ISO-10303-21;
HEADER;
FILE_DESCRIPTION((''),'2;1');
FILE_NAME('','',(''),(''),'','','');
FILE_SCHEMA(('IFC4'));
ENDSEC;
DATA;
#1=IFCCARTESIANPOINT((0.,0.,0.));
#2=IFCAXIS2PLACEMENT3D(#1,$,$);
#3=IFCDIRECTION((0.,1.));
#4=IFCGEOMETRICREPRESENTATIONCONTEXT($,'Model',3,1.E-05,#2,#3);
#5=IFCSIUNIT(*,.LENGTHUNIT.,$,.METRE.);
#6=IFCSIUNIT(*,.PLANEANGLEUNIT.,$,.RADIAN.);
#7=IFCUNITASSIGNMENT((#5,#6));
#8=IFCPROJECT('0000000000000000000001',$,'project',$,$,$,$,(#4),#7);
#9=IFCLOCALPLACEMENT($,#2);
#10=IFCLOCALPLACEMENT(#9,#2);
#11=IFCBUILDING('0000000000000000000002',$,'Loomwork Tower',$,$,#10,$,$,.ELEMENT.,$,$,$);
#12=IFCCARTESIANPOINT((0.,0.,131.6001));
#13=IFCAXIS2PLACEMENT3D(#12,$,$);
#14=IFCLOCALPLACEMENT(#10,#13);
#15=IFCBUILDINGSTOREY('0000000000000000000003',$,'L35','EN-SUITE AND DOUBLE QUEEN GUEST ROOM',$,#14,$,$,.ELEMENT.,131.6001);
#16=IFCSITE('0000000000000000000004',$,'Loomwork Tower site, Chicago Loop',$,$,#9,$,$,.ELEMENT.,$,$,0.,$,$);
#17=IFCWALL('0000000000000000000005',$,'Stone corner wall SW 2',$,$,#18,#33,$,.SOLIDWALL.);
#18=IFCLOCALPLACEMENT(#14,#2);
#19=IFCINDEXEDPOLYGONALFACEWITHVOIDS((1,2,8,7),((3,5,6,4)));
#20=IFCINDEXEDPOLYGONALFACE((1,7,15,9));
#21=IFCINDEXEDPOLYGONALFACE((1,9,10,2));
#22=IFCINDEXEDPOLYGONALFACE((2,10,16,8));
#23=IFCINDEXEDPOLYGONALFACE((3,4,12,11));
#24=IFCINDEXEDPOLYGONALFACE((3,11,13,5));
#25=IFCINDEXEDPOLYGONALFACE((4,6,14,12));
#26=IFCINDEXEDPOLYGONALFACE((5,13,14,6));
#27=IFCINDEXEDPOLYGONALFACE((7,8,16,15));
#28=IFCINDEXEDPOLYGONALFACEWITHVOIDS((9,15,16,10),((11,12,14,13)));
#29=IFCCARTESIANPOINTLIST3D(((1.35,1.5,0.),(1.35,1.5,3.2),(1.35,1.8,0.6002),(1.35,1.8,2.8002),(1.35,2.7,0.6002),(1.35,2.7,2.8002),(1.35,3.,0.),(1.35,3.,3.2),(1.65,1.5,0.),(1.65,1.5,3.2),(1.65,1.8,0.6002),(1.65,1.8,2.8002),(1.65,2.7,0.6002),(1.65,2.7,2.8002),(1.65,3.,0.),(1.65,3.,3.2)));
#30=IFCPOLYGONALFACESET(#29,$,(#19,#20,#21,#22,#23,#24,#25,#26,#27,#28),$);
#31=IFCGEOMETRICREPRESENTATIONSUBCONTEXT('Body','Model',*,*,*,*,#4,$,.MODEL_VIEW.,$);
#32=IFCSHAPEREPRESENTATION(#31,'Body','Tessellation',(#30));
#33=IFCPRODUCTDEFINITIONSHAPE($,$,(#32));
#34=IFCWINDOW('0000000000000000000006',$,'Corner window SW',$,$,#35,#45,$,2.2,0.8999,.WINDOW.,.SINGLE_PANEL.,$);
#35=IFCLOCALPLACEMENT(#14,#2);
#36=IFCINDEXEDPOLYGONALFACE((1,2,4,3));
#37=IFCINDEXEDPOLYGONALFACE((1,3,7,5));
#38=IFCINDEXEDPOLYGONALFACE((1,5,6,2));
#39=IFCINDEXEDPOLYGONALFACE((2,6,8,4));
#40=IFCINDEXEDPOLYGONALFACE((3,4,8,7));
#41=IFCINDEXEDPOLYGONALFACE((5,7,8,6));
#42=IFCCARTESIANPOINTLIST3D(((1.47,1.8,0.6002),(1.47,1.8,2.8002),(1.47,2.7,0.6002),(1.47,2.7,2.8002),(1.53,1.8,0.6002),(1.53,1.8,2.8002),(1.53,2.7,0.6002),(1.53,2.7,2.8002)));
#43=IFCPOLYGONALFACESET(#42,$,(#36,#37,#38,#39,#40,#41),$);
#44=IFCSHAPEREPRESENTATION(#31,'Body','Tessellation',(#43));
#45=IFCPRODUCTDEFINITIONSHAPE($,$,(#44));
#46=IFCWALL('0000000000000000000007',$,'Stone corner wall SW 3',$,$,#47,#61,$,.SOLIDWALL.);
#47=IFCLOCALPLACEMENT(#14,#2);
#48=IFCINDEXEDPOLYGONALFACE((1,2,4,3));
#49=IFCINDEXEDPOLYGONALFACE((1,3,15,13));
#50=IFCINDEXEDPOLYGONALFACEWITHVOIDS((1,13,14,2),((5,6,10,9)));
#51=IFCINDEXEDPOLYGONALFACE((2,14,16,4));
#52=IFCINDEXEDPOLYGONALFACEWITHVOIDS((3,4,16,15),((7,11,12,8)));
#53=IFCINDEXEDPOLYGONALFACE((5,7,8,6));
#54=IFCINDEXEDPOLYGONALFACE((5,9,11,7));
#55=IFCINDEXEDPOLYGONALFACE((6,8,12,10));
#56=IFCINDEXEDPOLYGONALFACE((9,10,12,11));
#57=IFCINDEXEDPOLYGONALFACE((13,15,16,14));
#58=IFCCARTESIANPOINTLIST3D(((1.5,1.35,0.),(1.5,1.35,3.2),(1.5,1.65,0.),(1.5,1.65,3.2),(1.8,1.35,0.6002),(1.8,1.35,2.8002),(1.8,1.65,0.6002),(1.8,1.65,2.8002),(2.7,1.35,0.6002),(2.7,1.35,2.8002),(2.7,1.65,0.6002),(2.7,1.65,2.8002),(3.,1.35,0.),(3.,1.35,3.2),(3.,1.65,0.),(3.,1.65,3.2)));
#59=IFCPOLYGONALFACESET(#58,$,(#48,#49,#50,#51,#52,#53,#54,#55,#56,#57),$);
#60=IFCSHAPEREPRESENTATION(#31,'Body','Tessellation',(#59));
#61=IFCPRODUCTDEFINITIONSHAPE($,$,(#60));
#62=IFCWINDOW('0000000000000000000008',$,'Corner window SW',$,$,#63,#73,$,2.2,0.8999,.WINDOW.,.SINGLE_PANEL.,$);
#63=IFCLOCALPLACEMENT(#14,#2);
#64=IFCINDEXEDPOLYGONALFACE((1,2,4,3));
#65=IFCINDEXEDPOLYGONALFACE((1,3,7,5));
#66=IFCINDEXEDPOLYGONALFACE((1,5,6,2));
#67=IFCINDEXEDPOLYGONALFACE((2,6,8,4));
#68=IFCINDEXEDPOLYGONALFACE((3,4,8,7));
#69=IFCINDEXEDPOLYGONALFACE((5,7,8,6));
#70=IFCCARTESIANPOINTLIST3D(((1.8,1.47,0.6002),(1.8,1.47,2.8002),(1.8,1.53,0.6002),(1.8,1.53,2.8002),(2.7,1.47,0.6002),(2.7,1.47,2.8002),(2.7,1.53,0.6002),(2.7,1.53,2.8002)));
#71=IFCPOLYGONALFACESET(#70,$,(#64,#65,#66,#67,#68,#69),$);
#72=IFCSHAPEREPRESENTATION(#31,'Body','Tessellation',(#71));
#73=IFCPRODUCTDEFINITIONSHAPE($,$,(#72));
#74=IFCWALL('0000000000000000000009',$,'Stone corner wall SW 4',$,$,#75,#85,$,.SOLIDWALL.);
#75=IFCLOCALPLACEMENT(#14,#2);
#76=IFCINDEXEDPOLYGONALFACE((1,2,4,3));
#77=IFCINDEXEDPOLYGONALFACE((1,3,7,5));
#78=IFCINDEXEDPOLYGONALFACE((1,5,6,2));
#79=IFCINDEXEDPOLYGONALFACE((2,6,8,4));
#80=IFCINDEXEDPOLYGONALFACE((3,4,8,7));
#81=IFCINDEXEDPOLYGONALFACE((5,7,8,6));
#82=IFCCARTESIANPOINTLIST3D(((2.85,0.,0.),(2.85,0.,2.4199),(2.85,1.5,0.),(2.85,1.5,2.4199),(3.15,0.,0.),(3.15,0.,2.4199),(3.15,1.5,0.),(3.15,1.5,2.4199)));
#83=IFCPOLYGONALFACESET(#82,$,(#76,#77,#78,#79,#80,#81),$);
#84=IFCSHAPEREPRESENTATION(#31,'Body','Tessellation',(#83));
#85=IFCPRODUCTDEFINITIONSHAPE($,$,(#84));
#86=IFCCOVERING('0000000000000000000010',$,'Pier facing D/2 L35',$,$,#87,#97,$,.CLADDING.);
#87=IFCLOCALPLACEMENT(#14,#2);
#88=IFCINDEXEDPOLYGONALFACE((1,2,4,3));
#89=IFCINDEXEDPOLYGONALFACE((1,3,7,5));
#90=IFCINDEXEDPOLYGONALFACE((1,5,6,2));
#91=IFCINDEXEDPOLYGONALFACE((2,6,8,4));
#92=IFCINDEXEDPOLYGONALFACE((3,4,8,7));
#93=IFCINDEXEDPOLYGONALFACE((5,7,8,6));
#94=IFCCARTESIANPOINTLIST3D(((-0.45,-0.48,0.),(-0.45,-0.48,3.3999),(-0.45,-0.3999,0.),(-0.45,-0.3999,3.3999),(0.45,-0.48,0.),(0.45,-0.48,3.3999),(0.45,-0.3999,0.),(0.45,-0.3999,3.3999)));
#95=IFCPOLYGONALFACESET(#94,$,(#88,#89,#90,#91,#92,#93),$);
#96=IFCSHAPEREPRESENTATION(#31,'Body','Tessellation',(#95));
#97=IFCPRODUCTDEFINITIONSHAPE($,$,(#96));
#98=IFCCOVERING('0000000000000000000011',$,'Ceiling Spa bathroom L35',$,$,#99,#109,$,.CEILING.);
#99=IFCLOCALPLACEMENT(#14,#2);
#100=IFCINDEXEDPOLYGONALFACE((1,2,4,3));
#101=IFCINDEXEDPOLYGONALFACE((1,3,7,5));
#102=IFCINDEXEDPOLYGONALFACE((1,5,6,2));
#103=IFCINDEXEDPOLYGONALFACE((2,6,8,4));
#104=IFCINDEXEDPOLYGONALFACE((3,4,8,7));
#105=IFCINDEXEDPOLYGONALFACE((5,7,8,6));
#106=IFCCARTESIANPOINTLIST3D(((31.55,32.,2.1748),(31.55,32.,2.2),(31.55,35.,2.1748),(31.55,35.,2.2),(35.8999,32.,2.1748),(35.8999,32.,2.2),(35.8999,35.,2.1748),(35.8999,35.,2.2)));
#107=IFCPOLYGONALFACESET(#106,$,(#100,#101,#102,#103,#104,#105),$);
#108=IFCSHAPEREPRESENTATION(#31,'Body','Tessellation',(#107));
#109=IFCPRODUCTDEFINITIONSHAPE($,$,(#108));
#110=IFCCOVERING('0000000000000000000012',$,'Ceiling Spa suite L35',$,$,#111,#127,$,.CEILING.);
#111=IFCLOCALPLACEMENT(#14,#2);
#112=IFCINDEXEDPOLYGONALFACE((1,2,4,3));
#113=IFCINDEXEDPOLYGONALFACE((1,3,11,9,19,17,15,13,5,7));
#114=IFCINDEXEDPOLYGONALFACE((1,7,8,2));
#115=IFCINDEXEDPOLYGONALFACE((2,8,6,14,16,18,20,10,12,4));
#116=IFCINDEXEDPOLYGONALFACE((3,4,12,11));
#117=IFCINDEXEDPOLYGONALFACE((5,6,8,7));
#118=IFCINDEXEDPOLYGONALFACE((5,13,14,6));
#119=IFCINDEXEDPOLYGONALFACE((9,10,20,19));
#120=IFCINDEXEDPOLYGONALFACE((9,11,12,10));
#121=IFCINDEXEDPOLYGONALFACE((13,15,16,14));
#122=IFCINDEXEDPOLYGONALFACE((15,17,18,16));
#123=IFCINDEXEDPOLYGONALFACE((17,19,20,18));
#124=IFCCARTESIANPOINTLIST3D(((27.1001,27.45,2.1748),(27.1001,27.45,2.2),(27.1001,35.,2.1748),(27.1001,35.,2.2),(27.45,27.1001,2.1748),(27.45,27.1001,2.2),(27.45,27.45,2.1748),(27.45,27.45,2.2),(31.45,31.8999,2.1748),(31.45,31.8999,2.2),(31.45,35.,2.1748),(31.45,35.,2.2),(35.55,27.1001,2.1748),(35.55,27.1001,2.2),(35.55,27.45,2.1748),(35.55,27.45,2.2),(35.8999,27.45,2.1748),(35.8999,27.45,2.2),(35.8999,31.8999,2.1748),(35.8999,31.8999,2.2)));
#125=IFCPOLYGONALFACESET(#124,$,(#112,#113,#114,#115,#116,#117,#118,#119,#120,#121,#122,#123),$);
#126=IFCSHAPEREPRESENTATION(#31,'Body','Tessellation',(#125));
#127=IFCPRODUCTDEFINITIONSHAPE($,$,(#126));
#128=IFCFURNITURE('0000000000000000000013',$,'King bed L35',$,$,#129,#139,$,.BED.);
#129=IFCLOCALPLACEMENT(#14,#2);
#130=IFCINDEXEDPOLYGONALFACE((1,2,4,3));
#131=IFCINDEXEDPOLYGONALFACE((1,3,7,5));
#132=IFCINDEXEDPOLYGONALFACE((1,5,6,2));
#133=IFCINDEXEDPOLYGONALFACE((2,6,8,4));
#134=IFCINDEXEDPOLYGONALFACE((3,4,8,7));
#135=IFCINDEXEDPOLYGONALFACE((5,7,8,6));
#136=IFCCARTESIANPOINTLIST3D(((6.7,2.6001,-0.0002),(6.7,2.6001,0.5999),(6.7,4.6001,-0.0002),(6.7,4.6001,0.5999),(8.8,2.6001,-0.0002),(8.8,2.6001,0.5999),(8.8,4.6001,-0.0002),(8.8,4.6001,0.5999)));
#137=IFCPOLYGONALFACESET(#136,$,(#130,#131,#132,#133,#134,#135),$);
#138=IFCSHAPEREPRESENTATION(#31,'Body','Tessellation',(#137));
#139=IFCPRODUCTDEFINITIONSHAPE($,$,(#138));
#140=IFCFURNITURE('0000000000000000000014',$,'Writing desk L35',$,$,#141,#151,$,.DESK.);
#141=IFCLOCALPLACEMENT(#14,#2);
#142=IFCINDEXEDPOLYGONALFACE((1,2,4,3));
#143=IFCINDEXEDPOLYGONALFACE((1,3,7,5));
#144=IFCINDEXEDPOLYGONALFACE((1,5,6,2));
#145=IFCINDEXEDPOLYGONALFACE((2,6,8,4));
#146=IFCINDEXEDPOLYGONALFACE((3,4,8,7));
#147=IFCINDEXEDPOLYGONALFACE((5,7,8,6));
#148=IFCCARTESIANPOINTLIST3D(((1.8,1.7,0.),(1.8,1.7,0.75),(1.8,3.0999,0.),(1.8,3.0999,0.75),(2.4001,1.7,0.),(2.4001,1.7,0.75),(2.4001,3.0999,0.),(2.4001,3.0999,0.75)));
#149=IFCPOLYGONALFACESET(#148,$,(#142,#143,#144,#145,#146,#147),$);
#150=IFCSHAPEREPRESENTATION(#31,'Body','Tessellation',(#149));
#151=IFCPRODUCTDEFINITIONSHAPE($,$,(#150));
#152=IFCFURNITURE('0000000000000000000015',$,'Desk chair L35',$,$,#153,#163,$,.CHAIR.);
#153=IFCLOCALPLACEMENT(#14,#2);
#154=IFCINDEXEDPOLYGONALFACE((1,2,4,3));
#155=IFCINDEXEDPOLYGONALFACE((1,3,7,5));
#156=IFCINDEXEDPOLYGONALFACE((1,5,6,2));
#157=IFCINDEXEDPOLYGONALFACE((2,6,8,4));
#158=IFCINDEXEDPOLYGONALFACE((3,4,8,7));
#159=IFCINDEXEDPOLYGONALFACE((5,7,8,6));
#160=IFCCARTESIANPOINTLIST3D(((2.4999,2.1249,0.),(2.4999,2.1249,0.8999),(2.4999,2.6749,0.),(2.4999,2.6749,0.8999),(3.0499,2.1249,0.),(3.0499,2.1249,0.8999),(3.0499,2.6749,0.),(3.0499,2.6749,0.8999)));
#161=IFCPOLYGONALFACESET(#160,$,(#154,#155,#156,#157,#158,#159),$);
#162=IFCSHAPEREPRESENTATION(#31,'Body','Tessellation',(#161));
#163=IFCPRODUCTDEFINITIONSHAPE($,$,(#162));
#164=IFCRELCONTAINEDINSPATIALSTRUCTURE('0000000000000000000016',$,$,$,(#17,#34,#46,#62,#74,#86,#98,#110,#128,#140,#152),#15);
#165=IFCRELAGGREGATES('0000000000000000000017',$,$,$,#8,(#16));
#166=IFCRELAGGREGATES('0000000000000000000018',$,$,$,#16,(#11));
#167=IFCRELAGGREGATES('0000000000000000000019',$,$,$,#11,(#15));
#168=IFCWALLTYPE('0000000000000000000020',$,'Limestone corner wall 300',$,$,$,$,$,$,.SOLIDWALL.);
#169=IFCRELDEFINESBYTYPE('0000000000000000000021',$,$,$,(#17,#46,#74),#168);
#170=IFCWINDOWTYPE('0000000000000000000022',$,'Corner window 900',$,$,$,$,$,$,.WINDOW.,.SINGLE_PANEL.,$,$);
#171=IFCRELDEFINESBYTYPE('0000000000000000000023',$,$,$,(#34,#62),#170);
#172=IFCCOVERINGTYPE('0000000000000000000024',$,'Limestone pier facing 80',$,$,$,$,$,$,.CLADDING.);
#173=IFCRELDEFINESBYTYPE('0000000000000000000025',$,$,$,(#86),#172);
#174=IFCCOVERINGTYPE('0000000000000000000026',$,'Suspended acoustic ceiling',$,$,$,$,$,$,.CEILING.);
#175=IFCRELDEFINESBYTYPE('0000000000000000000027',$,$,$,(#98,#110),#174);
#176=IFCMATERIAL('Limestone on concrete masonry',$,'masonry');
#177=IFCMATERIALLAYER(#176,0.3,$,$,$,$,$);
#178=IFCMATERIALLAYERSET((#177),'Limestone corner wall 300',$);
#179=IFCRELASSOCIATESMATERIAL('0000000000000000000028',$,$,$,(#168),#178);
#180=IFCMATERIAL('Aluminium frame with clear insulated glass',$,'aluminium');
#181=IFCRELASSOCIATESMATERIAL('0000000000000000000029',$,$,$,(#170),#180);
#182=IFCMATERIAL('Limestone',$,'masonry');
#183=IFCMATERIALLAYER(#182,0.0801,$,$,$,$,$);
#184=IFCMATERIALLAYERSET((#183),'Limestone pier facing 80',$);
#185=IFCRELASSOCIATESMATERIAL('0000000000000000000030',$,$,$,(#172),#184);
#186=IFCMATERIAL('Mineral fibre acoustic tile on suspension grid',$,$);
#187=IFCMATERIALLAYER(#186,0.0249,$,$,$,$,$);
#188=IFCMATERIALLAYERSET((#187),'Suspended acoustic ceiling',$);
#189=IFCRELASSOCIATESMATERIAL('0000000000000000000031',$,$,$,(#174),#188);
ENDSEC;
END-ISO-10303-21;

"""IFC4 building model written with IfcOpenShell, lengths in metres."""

from ifc_helpers import new_model, si_unit, direction, frame, frame_2d, origin, origin_2d, place, context, subcontext, project, spatial, polyline, rectangle, outline, extrude, material, layer, layer_set, type_object, element, fill, save


model = new_model("IFC4")

# Units and contexts
model_context = context("Model", 3, precision=1e-05, world=origin(), true_north=direction((0.0, 1.0)))
body_context = subcontext(model_context, "Body", "Model", "MODEL_VIEW")
ifc_project = project(units=[si_unit("LENGTHUNIT", "METRE"), si_unit("PLANEANGLEUNIT", "RADIAN")], contexts=[model_context])

# Site, building, storey
site_placement = place(None, origin())
site = spatial("IfcSite", under=ifc_project, at=site_placement, Name="Loomwork Tower site, Chicago Loop", CompositionType="ELEMENT", RefElevation=0.0)
building_placement = place(site_placement, origin())
building = spatial("IfcBuilding", under=site, at=building_placement, Name="Loomwork Tower", CompositionType="ELEMENT")
storey_placement = place(building_placement, frame((0.0, 0.0, 131.6001)))
storey = spatial("IfcBuildingStorey", under=building, at=storey_placement, Name="L35", Description="EN-SUITE AND DOUBLE QUEEN GUEST ROOM", CompositionType="ELEMENT", Elevation=131.6001)

# Shared definitions
ifc_material_1 = material(Name="Limestone on concrete masonry", Category="masonry")
ifc_layer_1 = layer(ifc_material_1, 0.3)
ifc_layer_set_1 = layer_set([ifc_layer_1], Name="Limestone corner wall 300")
wall_type_1 = type_object("IfcWallType", Name="Limestone corner wall 300", PredefinedType="SOLIDWALL", material=ifc_layer_set_1)

# Walls, openings, windows
wall_1_placement = place(storey_placement, frame((1.5, 3.0, 0.0), z_axis=(0.0, 0.0, 1.0), x_axis=(0.0, -1.0, 0.0)))
wall_1 = element("IfcWall", 1, at=wall_1_placement, inside=storey, type_object=wall_type_1, Name="Stone corner wall SW 2", PredefinedType="SOLIDWALL", context=body_context, shape_type="SweptSolid", body=[
    extrude(rectangle(XDim=1.5, YDim=0.3, at=frame_2d((0.75, 0.0))), origin(), (0.0, 0.0, 1.0), 3.2),
])
opening_1_placement = place(wall_1_placement, frame((0.3, 0.0, 0.6001)))
opening_1 = element("IfcOpeningElement", 2, at=opening_1_placement, cuts=wall_1, PredefinedType="OPENING", context=body_context, shape_type="SweptSolid", body=[
    extrude(rectangle(XDim=0.8999, YDim=2.2, at=frame_2d((0.45, 1.1001))), frame((0.0, 0.1599, 0.0), z_axis=(0.0, -1.0, 0.0), x_axis=(1.0, 0.0, 0.0)), (0.0, 0.0, 1.0), 0.3201),
])
ifc_material_2 = material(Name="Aluminium frame with clear insulated glass", Category="aluminium")
window_type_1 = type_object("IfcWindowType", Name="Corner window 900", PartitioningType="SINGLE_PANEL", PredefinedType="WINDOW", material=ifc_material_2)
window_1_placement = place(opening_1_placement, origin())
window_1 = element("IfcWindow", 3, at=window_1_placement, inside=storey, type_object=window_type_1, Name="Corner window SW", OverallHeight=2.2, OverallWidth=0.8999, PartitioningType="SINGLE_PANEL", PredefinedType="WINDOW", context=body_context, shape_type="SweptSolid", body=[
    extrude(rectangle(XDim=0.8999, YDim=2.2, at=frame_2d((0.45, 1.1001))), frame((0.0, 0.03, 0.0), z_axis=(0.0, -1.0, 0.0), x_axis=(1.0, 0.0, 0.0)), (0.0, 0.0, 1.0), 0.0601),
])
fill(opening_1, window_1)
wall_2_placement = place(storey_placement, frame((1.5, 1.5, 0.0), z_axis=(0.0, 0.0, 1.0), x_axis=(1.0, 0.0, 0.0)))
wall_2 = element("IfcWall", 4, at=wall_2_placement, inside=storey, type_object=wall_type_1, Name="Stone corner wall SW 3", PredefinedType="SOLIDWALL", context=body_context, shape_type="SweptSolid", body=[
    extrude(rectangle(XDim=1.5, YDim=0.3, at=frame_2d((0.75, 0.0))), origin(), (0.0, 0.0, 1.0), 3.2),
])
opening_2_placement = place(wall_2_placement, frame((0.3, 0.0, 0.6001)))
opening_2 = element("IfcOpeningElement", 5, at=opening_2_placement, cuts=wall_2, PredefinedType="OPENING", context=body_context, shape_type="SweptSolid", body=[
    extrude(rectangle(XDim=0.8999, YDim=2.2, at=frame_2d((0.45, 1.1001))), frame((0.0, 0.1599, 0.0), z_axis=(0.0, -1.0, 0.0), x_axis=(1.0, 0.0, 0.0)), (0.0, 0.0, 1.0), 0.3201),
])
window_2_placement = place(opening_2_placement, origin())
window_2 = element("IfcWindow", 6, at=window_2_placement, inside=storey, type_object=window_type_1, Name="Corner window SW", OverallHeight=2.2, OverallWidth=0.8999, PartitioningType="SINGLE_PANEL", PredefinedType="WINDOW", context=body_context, shape_type="SweptSolid", body=[
    extrude(rectangle(XDim=0.8999, YDim=2.2, at=frame_2d((0.45, 1.1001))), frame((0.0, 0.03, 0.0), z_axis=(0.0, -1.0, 0.0), x_axis=(1.0, 0.0, 0.0)), (0.0, 0.0, 1.0), 0.0601),
])
fill(opening_2, window_2)

# Wall
wall_3_placement = place(storey_placement, frame((3.0, 1.5, 0.0), z_axis=(0.0, 0.0, 1.0), x_axis=(0.0, -1.0, 0.0)))
element("IfcWall", 7, at=wall_3_placement, inside=storey, type_object=wall_type_1, Name="Stone corner wall SW 4", PredefinedType="SOLIDWALL", context=body_context, shape_type="SweptSolid", body=[
    extrude(rectangle(XDim=1.5, YDim=0.3, at=frame_2d((0.75, 0.0))), origin(), (0.0, 0.0, 1.0), 2.4199),
])

# Coverings
ifc_material_3 = material(Name="Limestone", Category="masonry")
ifc_layer_2 = layer(ifc_material_3, 0.0801)
ifc_layer_set_2 = layer_set([ifc_layer_2], Name="Limestone pier facing 80")
covering_type_1 = type_object("IfcCoveringType", Name="Limestone pier facing 80", PredefinedType="CLADDING", material=ifc_layer_set_2)
covering_1_placement = place(storey_placement, frame((0.0, -0.4399, 0.0), z_axis=(0.0, 0.0, 1.0), x_axis=(1.0, 0.0, 0.0)))
element("IfcCovering", 8, at=covering_1_placement, inside=storey, type_object=covering_type_1, Name="Pier facing D/2 L35", PredefinedType="CLADDING", context=body_context, shape_type="SweptSolid", body=[
    extrude(rectangle(XDim=0.8999, YDim=0.0801, at=origin_2d()), origin(), (0.0, 0.0, 1.0), 3.3999),
])
ifc_material_4 = material(Name="Mineral fibre acoustic tile on suspension grid")
ifc_layer_3 = layer(ifc_material_4, 0.0249)
ifc_layer_set_3 = layer_set([ifc_layer_3], Name="Suspended acoustic ceiling")
covering_type_2 = type_object("IfcCoveringType", Name="Suspended acoustic ceiling", PredefinedType="CEILING", material=ifc_layer_set_3)
covering_2_placement = place(storey_placement, frame((0.0, 0.0, 2.1748)))
element("IfcCovering", 9, at=covering_2_placement, inside=storey, type_object=covering_type_2, Name="Ceiling Spa bathroom L35", PredefinedType="CEILING", context=body_context, shape_type="SweptSolid", body=[
    extrude(outline(polyline([(31.55, 35.0), (35.8999, 35.0), (35.8999, 32.0), (31.55, 32.0), (31.55, 35.0)])), origin(), (0.0, 0.0, 1.0), 0.0251),
])
covering_3_placement = place(storey_placement, frame((0.0, 0.0, 2.1748)))
element("IfcCovering", 10, at=covering_3_placement, inside=storey, type_object=covering_type_2, Name="Ceiling Spa suite L35", PredefinedType="CEILING", context=body_context, shape_type="SweptSolid", body=[
    extrude(outline(polyline([(27.1001, 35.0), (31.45, 35.0), (31.45, 31.8999), (35.8999, 31.8999), (35.8999, 27.45), (35.55, 27.45), (35.55, 27.1001), (27.45, 27.1001), (27.45, 27.45), (27.1001, 27.45), (27.1001, 35.0)])), origin(), (0.0, 0.0, 1.0), 0.0251),
])

# Furniture
furniture_1_placement = place(storey_placement, frame((7.75, 3.6001, -0.0002), z_axis=(0.0, 0.0, 1.0), x_axis=(1.0, 0.0, 0.0)))
element("IfcFurniture", 11, at=furniture_1_placement, inside=storey, Name="King bed L35", PredefinedType="BED", context=body_context, shape_type="SweptSolid", body=[
    extrude(rectangle(XDim=2.1001, YDim=2.0, at=origin_2d()), origin(), (0.0, 0.0, 1.0), 0.6001),
])
furniture_2_placement = place(storey_placement, frame((2.1001, 2.3999, 0.0), z_axis=(0.0, 0.0, 1.0), x_axis=(1.0, 0.0, 0.0)))
element("IfcFurniture", 12, at=furniture_2_placement, inside=storey, Name="Writing desk L35", PredefinedType="DESK", context=body_context, shape_type="SweptSolid", body=[
    extrude(rectangle(XDim=0.6001, YDim=1.3999, at=origin_2d()), origin(), (0.0, 0.0, 1.0), 0.75),
])
furniture_3_placement = place(storey_placement, frame((2.7749, 2.3999, 0.0), z_axis=(0.0, 0.0, 1.0), x_axis=(1.0, 0.0, 0.0)))
element("IfcFurniture", 13, at=furniture_3_placement, inside=storey, Name="Desk chair L35", PredefinedType="CHAIR", context=body_context, shape_type="SweptSolid", body=[
    extrude(rectangle(XDim=0.55, YDim=0.55, at=origin_2d()), origin(), (0.0, 0.0, 1.0), 0.8999),
])

save(model, "model.ifc")
